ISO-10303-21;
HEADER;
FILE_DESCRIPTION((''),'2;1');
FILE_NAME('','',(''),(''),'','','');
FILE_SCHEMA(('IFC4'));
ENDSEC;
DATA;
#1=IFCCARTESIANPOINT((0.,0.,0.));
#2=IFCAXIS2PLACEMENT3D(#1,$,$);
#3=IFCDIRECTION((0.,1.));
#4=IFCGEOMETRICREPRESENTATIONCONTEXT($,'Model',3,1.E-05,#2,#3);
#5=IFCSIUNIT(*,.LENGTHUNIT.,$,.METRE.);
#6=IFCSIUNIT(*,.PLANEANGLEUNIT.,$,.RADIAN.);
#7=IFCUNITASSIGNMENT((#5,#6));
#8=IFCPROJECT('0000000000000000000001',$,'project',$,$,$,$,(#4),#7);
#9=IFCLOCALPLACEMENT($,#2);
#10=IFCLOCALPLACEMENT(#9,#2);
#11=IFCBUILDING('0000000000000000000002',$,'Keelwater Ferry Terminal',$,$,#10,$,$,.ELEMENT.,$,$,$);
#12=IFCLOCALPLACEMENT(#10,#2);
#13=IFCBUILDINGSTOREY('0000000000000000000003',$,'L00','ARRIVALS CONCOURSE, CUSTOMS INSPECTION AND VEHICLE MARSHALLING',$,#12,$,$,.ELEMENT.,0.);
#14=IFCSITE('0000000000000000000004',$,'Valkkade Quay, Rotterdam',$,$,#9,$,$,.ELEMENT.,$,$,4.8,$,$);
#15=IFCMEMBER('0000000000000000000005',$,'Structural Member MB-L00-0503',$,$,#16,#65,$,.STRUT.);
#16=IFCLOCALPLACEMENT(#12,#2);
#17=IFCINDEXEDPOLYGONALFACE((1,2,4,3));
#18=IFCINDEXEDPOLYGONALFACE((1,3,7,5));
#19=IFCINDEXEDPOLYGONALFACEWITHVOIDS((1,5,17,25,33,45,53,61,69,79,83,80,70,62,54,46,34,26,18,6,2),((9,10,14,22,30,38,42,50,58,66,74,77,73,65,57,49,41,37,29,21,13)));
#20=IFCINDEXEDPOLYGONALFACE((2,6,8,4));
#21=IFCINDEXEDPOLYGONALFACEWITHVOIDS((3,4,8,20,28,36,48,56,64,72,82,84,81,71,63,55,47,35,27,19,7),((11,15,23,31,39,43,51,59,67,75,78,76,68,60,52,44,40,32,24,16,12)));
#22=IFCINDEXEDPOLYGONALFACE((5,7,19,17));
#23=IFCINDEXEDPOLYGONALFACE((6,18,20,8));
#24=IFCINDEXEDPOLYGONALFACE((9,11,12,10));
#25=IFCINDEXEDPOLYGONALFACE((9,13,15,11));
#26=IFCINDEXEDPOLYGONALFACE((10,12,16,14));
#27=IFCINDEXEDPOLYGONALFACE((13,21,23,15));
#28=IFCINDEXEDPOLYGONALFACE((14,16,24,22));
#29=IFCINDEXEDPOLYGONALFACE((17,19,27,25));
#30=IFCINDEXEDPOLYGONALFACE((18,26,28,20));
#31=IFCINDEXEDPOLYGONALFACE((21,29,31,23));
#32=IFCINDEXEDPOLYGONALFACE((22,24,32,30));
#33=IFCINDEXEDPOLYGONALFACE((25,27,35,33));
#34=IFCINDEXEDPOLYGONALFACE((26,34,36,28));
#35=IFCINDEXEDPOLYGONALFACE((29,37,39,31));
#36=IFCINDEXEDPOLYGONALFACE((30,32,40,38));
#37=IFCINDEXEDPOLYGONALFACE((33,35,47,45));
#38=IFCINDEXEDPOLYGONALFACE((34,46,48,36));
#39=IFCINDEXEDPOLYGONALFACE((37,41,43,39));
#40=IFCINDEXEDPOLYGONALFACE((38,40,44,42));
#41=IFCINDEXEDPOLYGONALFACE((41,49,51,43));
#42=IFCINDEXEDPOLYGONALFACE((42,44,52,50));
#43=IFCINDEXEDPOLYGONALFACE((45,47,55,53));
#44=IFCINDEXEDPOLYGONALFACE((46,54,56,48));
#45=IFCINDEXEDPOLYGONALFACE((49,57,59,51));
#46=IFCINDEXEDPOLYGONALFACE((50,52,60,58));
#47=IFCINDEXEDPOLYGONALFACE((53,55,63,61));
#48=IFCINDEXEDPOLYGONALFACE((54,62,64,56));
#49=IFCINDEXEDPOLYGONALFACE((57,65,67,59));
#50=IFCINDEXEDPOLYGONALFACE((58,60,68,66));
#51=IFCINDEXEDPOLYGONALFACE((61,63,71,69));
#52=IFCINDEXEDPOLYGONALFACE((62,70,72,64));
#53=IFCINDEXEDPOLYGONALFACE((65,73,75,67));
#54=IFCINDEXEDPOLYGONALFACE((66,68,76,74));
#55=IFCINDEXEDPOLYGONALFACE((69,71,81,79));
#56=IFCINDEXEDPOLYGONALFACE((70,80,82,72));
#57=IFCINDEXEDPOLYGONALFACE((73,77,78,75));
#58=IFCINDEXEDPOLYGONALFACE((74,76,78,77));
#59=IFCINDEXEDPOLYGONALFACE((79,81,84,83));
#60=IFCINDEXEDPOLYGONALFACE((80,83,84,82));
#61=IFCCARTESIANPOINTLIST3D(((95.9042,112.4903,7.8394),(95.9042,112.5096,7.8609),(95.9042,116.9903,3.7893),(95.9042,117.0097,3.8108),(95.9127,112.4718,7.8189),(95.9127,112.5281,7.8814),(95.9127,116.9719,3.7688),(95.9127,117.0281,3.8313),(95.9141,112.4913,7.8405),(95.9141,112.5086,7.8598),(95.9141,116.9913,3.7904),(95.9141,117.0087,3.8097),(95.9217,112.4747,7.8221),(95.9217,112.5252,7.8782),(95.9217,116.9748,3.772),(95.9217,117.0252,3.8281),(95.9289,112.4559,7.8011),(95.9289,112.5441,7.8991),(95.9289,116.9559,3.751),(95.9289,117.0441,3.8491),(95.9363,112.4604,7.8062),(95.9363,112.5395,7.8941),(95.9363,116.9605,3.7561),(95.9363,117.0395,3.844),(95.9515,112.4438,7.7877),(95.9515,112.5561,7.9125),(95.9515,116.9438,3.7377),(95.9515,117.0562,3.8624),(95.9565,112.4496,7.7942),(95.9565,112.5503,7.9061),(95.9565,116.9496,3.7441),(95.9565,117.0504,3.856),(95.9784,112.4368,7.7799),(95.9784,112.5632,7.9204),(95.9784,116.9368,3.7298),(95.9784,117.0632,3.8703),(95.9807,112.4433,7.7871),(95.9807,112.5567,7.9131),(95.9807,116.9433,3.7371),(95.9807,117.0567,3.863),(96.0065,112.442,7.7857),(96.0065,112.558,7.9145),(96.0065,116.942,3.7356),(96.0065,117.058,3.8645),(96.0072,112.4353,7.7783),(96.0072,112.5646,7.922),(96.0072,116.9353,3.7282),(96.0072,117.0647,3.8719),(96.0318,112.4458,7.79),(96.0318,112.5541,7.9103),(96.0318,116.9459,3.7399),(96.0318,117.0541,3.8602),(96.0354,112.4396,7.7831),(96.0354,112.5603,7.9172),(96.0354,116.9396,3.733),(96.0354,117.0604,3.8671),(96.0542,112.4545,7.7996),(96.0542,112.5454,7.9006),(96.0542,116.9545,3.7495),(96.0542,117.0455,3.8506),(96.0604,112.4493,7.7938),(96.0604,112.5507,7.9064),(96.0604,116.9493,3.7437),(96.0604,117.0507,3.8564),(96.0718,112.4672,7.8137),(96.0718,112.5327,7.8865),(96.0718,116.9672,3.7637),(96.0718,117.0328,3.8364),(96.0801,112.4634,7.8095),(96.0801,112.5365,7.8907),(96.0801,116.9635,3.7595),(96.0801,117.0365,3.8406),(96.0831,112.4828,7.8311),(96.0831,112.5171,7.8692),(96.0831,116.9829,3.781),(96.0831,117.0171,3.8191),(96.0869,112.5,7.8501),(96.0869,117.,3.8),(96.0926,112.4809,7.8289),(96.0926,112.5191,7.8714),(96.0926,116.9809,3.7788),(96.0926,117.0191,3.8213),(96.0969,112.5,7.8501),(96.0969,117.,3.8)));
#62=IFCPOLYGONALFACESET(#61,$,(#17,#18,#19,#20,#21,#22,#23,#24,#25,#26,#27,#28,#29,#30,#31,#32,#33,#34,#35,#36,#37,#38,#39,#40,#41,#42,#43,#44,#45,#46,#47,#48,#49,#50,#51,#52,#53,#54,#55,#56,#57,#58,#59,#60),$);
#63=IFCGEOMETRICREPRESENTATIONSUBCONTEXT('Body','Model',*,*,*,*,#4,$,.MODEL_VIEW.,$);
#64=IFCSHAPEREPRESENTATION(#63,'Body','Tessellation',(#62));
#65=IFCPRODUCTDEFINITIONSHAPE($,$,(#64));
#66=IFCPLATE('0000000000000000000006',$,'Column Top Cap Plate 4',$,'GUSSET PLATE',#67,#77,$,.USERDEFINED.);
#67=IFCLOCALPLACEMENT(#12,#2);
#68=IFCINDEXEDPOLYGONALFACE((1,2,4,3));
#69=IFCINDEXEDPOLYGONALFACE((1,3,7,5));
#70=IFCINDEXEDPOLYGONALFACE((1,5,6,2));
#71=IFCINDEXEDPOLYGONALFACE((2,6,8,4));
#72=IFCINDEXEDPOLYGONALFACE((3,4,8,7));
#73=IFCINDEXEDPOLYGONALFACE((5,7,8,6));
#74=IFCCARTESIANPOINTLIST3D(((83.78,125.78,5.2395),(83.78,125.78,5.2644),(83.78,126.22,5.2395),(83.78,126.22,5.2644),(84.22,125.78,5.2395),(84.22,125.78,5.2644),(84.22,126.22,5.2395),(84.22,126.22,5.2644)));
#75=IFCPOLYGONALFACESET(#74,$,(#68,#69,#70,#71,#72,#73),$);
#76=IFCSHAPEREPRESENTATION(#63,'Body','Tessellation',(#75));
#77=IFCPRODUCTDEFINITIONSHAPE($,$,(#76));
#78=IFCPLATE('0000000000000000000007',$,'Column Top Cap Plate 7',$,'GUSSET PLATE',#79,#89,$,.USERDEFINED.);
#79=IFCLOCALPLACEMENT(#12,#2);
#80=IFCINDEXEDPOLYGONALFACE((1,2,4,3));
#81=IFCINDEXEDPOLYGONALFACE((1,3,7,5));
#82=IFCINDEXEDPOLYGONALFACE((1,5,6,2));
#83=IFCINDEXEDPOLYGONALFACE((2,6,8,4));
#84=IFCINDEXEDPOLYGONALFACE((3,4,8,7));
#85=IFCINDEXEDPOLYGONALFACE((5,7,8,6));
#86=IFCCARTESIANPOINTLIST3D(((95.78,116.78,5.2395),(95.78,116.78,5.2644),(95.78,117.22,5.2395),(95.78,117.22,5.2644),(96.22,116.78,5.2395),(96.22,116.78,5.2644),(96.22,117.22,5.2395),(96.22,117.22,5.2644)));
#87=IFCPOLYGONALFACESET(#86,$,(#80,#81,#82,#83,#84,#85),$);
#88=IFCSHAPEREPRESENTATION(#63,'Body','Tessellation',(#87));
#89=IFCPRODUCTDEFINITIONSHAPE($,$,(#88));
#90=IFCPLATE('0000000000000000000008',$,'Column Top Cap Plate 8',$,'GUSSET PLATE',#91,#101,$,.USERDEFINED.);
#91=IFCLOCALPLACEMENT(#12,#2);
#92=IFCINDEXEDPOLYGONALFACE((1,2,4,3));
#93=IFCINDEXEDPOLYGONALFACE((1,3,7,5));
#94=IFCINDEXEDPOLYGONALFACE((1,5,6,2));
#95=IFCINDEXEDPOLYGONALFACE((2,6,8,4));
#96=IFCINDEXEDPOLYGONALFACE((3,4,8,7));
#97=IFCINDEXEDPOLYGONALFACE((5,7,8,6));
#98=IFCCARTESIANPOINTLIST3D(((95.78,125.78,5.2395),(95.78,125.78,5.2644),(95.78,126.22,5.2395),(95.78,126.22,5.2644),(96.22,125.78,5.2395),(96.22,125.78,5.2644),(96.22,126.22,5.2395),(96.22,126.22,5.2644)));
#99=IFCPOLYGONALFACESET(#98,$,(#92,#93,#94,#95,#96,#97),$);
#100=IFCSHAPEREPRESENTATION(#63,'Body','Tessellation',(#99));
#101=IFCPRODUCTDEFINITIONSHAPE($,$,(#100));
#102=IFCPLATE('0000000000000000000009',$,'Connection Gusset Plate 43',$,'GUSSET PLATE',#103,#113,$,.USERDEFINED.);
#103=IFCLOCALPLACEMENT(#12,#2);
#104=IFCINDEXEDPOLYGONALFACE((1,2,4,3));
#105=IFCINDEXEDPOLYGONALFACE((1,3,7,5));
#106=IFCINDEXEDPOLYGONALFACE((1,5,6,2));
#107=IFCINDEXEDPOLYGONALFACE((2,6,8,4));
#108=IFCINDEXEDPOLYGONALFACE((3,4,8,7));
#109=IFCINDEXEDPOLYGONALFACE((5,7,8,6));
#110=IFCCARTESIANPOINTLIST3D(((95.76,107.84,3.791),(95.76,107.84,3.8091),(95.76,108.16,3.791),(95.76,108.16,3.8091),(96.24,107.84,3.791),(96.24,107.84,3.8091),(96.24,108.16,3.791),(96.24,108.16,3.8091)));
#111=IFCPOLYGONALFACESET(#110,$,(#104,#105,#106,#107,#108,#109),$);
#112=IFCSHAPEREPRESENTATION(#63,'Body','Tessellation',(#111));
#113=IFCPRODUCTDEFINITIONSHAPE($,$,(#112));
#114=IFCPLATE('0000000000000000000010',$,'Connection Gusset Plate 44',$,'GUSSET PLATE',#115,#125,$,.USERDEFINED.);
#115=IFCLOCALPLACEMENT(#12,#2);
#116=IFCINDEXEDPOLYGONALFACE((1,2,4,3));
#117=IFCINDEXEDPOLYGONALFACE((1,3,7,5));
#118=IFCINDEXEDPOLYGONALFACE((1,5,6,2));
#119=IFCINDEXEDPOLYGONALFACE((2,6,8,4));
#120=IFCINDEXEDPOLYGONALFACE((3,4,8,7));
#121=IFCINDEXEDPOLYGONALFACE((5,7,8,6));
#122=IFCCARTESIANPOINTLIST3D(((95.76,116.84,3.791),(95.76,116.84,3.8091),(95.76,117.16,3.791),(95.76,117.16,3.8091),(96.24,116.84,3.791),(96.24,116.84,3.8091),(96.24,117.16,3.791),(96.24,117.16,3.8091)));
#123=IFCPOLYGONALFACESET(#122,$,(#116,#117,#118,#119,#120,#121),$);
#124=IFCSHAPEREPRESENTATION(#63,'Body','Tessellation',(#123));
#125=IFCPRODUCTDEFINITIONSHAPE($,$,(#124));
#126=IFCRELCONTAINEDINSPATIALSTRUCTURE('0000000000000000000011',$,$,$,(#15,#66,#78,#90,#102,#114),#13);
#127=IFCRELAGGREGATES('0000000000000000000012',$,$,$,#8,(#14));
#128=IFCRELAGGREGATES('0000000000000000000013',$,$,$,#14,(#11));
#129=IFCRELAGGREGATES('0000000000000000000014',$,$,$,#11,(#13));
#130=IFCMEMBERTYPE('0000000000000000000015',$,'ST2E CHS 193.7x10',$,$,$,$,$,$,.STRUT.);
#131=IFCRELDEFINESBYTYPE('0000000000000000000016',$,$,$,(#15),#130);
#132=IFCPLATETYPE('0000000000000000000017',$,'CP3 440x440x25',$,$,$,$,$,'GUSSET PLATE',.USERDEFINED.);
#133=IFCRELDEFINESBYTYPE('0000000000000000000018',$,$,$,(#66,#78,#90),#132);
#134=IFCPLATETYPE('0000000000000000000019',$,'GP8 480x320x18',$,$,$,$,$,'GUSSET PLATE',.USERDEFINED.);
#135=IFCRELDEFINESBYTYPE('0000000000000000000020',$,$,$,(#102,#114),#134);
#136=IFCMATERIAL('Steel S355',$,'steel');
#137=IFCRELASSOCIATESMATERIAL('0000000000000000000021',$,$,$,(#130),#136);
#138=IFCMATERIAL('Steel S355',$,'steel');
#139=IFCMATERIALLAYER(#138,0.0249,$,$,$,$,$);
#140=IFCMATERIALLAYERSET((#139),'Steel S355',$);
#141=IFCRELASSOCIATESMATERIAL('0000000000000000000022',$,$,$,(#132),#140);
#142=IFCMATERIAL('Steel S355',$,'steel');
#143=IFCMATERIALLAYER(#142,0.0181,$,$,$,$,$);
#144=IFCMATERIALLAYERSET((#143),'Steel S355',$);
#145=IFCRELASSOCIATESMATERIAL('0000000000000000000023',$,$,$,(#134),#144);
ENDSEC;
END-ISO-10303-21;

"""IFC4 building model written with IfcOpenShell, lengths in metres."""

from ifc_helpers import new_model, si_unit, direction, frame, origin, origin_2d, place, context, subcontext, project, spatial, rectangle, hollow_circle, extrude, material, layer, layer_set, material_profile, profile_set, type_object, element, save


model = new_model("IFC4")

# Units and contexts
model_context = context("Model", 3, precision=1e-05, world=origin(), true_north=direction((0.0, 1.0)))
body_context = subcontext(model_context, "Body", "Model", "MODEL_VIEW")
ifc_project = project(units=[si_unit("LENGTHUNIT", "METRE"), si_unit("PLANEANGLEUNIT", "RADIAN")], contexts=[model_context])

# Site, building, storey
site_placement = place(None, origin())
site = spatial("IfcSite", under=ifc_project, at=site_placement, Name="Valkkade Quay, Rotterdam", CompositionType="ELEMENT", RefElevation=4.8)
building_placement = place(site_placement, origin())
building = spatial("IfcBuilding", under=site, at=building_placement, Name="Keelwater Ferry Terminal", CompositionType="ELEMENT")
storey_placement = place(building_placement, origin())
storey = spatial("IfcBuildingStorey", under=building, at=storey_placement, Name="L00", Description="ARRIVALS CONCOURSE, CUSTOMS INSPECTION AND VEHICLE MARSHALLING", CompositionType="ELEMENT", Elevation=0.0)

# Member
ifc_material_1 = material(Name="Steel S355", Category="steel")
ifc_material_profile_1 = material_profile(ifc_material_1, hollow_circle(Radius=0.0969, WallThickness=0.01, at=origin_2d()), Name="CHS 193.7x10")
ifc_profile_set_1 = profile_set([ifc_material_profile_1], Name="Steel S355")
member_type = type_object("IfcMemberType", Name="ST2E CHS 193.7x10", PredefinedType="STRUT", material=ifc_profile_set_1)
member_placement = place(storey_placement, frame((96.0, 117.0, 3.8), z_axis=(0.0, -0.74329, 0.668969), x_axis=(1.0, 0.0, 0.0)))
element("IfcMember", 1, at=member_placement, inside=storey, type_object=member_type, Name="Structural Member MB-L00-0503", PredefinedType="STRUT", context=body_context, shape_type="SweptSolid", body=[
    extrude(hollow_circle(Radius=0.0969, WallThickness=0.01, at=origin_2d()), origin(), (0.0, 0.0, 1.0), 6.0542),
])

# Plates
ifc_material_2 = material(Name="Steel S355", Category="steel")
ifc_layer_1 = layer(ifc_material_2, 0.0249)
ifc_layer_set_1 = layer_set([ifc_layer_1], Name="Steel S355")
plate_type_1 = type_object("IfcPlateType", Name="CP3 440x440x25", ElementType="GUSSET PLATE", PredefinedType="USERDEFINED", material=ifc_layer_set_1)
for number, where, z_axis, x_axis, name in (
    (2, (84.0, 126.0, 5.2395), (0.0, 0.0, 1.0), (1.0, 0.0, 0.0), "Column Top Cap Plate 4"),
    (3, (96.0, 117.0, 5.2395), (0.0, 0.0, 1.0), (1.0, 0.0, 0.0), "Column Top Cap Plate 7"),
    (4, (96.0, 126.0, 5.2395), (0.0, 0.0, 1.0), (1.0, 0.0, 0.0), "Column Top Cap Plate 8"),
):
    element("IfcPlate", number, at=place(storey_placement, frame(where, z_axis=z_axis, x_axis=x_axis)), inside=storey, type_object=plate_type_1, Name=name, ObjectType="GUSSET PLATE", PredefinedType="USERDEFINED", context=body_context, shape_type="SweptSolid", body=[
        extrude(rectangle(XDim=0.4399, YDim=0.4399, at=origin_2d()), origin(), (0.0, 0.0, 1.0), 0.0249),
    ])
ifc_material_3 = material(Name="Steel S355", Category="steel")
ifc_layer_2 = layer(ifc_material_3, 0.0181)
ifc_layer_set_2 = layer_set([ifc_layer_2], Name="Steel S355")
plate_type_2 = type_object("IfcPlateType", Name="GP8 480x320x18", ElementType="GUSSET PLATE", PredefinedType="USERDEFINED", material=ifc_layer_set_2)
for number, where, z_axis, x_axis, name in (
    (5, (96.0, 108.0, 3.791), (0.0, 0.0, 1.0), (1.0, 0.0, 0.0), "Connection Gusset Plate 43"),
    (6, (96.0, 117.0, 3.791), (0.0, 0.0, 1.0), (1.0, 0.0, 0.0), "Connection Gusset Plate 44"),
):
    element("IfcPlate", number, at=place(storey_placement, frame(where, z_axis=z_axis, x_axis=x_axis)), inside=storey, type_object=plate_type_2, Name=name, ObjectType="GUSSET PLATE", PredefinedType="USERDEFINED", context=body_context, shape_type="SweptSolid", body=[
        extrude(rectangle(XDim=0.48, YDim=0.3201, at=origin_2d()), origin(), (0.0, 0.0, 1.0), 0.0181),
    ])

save(model, "model.ifc")
